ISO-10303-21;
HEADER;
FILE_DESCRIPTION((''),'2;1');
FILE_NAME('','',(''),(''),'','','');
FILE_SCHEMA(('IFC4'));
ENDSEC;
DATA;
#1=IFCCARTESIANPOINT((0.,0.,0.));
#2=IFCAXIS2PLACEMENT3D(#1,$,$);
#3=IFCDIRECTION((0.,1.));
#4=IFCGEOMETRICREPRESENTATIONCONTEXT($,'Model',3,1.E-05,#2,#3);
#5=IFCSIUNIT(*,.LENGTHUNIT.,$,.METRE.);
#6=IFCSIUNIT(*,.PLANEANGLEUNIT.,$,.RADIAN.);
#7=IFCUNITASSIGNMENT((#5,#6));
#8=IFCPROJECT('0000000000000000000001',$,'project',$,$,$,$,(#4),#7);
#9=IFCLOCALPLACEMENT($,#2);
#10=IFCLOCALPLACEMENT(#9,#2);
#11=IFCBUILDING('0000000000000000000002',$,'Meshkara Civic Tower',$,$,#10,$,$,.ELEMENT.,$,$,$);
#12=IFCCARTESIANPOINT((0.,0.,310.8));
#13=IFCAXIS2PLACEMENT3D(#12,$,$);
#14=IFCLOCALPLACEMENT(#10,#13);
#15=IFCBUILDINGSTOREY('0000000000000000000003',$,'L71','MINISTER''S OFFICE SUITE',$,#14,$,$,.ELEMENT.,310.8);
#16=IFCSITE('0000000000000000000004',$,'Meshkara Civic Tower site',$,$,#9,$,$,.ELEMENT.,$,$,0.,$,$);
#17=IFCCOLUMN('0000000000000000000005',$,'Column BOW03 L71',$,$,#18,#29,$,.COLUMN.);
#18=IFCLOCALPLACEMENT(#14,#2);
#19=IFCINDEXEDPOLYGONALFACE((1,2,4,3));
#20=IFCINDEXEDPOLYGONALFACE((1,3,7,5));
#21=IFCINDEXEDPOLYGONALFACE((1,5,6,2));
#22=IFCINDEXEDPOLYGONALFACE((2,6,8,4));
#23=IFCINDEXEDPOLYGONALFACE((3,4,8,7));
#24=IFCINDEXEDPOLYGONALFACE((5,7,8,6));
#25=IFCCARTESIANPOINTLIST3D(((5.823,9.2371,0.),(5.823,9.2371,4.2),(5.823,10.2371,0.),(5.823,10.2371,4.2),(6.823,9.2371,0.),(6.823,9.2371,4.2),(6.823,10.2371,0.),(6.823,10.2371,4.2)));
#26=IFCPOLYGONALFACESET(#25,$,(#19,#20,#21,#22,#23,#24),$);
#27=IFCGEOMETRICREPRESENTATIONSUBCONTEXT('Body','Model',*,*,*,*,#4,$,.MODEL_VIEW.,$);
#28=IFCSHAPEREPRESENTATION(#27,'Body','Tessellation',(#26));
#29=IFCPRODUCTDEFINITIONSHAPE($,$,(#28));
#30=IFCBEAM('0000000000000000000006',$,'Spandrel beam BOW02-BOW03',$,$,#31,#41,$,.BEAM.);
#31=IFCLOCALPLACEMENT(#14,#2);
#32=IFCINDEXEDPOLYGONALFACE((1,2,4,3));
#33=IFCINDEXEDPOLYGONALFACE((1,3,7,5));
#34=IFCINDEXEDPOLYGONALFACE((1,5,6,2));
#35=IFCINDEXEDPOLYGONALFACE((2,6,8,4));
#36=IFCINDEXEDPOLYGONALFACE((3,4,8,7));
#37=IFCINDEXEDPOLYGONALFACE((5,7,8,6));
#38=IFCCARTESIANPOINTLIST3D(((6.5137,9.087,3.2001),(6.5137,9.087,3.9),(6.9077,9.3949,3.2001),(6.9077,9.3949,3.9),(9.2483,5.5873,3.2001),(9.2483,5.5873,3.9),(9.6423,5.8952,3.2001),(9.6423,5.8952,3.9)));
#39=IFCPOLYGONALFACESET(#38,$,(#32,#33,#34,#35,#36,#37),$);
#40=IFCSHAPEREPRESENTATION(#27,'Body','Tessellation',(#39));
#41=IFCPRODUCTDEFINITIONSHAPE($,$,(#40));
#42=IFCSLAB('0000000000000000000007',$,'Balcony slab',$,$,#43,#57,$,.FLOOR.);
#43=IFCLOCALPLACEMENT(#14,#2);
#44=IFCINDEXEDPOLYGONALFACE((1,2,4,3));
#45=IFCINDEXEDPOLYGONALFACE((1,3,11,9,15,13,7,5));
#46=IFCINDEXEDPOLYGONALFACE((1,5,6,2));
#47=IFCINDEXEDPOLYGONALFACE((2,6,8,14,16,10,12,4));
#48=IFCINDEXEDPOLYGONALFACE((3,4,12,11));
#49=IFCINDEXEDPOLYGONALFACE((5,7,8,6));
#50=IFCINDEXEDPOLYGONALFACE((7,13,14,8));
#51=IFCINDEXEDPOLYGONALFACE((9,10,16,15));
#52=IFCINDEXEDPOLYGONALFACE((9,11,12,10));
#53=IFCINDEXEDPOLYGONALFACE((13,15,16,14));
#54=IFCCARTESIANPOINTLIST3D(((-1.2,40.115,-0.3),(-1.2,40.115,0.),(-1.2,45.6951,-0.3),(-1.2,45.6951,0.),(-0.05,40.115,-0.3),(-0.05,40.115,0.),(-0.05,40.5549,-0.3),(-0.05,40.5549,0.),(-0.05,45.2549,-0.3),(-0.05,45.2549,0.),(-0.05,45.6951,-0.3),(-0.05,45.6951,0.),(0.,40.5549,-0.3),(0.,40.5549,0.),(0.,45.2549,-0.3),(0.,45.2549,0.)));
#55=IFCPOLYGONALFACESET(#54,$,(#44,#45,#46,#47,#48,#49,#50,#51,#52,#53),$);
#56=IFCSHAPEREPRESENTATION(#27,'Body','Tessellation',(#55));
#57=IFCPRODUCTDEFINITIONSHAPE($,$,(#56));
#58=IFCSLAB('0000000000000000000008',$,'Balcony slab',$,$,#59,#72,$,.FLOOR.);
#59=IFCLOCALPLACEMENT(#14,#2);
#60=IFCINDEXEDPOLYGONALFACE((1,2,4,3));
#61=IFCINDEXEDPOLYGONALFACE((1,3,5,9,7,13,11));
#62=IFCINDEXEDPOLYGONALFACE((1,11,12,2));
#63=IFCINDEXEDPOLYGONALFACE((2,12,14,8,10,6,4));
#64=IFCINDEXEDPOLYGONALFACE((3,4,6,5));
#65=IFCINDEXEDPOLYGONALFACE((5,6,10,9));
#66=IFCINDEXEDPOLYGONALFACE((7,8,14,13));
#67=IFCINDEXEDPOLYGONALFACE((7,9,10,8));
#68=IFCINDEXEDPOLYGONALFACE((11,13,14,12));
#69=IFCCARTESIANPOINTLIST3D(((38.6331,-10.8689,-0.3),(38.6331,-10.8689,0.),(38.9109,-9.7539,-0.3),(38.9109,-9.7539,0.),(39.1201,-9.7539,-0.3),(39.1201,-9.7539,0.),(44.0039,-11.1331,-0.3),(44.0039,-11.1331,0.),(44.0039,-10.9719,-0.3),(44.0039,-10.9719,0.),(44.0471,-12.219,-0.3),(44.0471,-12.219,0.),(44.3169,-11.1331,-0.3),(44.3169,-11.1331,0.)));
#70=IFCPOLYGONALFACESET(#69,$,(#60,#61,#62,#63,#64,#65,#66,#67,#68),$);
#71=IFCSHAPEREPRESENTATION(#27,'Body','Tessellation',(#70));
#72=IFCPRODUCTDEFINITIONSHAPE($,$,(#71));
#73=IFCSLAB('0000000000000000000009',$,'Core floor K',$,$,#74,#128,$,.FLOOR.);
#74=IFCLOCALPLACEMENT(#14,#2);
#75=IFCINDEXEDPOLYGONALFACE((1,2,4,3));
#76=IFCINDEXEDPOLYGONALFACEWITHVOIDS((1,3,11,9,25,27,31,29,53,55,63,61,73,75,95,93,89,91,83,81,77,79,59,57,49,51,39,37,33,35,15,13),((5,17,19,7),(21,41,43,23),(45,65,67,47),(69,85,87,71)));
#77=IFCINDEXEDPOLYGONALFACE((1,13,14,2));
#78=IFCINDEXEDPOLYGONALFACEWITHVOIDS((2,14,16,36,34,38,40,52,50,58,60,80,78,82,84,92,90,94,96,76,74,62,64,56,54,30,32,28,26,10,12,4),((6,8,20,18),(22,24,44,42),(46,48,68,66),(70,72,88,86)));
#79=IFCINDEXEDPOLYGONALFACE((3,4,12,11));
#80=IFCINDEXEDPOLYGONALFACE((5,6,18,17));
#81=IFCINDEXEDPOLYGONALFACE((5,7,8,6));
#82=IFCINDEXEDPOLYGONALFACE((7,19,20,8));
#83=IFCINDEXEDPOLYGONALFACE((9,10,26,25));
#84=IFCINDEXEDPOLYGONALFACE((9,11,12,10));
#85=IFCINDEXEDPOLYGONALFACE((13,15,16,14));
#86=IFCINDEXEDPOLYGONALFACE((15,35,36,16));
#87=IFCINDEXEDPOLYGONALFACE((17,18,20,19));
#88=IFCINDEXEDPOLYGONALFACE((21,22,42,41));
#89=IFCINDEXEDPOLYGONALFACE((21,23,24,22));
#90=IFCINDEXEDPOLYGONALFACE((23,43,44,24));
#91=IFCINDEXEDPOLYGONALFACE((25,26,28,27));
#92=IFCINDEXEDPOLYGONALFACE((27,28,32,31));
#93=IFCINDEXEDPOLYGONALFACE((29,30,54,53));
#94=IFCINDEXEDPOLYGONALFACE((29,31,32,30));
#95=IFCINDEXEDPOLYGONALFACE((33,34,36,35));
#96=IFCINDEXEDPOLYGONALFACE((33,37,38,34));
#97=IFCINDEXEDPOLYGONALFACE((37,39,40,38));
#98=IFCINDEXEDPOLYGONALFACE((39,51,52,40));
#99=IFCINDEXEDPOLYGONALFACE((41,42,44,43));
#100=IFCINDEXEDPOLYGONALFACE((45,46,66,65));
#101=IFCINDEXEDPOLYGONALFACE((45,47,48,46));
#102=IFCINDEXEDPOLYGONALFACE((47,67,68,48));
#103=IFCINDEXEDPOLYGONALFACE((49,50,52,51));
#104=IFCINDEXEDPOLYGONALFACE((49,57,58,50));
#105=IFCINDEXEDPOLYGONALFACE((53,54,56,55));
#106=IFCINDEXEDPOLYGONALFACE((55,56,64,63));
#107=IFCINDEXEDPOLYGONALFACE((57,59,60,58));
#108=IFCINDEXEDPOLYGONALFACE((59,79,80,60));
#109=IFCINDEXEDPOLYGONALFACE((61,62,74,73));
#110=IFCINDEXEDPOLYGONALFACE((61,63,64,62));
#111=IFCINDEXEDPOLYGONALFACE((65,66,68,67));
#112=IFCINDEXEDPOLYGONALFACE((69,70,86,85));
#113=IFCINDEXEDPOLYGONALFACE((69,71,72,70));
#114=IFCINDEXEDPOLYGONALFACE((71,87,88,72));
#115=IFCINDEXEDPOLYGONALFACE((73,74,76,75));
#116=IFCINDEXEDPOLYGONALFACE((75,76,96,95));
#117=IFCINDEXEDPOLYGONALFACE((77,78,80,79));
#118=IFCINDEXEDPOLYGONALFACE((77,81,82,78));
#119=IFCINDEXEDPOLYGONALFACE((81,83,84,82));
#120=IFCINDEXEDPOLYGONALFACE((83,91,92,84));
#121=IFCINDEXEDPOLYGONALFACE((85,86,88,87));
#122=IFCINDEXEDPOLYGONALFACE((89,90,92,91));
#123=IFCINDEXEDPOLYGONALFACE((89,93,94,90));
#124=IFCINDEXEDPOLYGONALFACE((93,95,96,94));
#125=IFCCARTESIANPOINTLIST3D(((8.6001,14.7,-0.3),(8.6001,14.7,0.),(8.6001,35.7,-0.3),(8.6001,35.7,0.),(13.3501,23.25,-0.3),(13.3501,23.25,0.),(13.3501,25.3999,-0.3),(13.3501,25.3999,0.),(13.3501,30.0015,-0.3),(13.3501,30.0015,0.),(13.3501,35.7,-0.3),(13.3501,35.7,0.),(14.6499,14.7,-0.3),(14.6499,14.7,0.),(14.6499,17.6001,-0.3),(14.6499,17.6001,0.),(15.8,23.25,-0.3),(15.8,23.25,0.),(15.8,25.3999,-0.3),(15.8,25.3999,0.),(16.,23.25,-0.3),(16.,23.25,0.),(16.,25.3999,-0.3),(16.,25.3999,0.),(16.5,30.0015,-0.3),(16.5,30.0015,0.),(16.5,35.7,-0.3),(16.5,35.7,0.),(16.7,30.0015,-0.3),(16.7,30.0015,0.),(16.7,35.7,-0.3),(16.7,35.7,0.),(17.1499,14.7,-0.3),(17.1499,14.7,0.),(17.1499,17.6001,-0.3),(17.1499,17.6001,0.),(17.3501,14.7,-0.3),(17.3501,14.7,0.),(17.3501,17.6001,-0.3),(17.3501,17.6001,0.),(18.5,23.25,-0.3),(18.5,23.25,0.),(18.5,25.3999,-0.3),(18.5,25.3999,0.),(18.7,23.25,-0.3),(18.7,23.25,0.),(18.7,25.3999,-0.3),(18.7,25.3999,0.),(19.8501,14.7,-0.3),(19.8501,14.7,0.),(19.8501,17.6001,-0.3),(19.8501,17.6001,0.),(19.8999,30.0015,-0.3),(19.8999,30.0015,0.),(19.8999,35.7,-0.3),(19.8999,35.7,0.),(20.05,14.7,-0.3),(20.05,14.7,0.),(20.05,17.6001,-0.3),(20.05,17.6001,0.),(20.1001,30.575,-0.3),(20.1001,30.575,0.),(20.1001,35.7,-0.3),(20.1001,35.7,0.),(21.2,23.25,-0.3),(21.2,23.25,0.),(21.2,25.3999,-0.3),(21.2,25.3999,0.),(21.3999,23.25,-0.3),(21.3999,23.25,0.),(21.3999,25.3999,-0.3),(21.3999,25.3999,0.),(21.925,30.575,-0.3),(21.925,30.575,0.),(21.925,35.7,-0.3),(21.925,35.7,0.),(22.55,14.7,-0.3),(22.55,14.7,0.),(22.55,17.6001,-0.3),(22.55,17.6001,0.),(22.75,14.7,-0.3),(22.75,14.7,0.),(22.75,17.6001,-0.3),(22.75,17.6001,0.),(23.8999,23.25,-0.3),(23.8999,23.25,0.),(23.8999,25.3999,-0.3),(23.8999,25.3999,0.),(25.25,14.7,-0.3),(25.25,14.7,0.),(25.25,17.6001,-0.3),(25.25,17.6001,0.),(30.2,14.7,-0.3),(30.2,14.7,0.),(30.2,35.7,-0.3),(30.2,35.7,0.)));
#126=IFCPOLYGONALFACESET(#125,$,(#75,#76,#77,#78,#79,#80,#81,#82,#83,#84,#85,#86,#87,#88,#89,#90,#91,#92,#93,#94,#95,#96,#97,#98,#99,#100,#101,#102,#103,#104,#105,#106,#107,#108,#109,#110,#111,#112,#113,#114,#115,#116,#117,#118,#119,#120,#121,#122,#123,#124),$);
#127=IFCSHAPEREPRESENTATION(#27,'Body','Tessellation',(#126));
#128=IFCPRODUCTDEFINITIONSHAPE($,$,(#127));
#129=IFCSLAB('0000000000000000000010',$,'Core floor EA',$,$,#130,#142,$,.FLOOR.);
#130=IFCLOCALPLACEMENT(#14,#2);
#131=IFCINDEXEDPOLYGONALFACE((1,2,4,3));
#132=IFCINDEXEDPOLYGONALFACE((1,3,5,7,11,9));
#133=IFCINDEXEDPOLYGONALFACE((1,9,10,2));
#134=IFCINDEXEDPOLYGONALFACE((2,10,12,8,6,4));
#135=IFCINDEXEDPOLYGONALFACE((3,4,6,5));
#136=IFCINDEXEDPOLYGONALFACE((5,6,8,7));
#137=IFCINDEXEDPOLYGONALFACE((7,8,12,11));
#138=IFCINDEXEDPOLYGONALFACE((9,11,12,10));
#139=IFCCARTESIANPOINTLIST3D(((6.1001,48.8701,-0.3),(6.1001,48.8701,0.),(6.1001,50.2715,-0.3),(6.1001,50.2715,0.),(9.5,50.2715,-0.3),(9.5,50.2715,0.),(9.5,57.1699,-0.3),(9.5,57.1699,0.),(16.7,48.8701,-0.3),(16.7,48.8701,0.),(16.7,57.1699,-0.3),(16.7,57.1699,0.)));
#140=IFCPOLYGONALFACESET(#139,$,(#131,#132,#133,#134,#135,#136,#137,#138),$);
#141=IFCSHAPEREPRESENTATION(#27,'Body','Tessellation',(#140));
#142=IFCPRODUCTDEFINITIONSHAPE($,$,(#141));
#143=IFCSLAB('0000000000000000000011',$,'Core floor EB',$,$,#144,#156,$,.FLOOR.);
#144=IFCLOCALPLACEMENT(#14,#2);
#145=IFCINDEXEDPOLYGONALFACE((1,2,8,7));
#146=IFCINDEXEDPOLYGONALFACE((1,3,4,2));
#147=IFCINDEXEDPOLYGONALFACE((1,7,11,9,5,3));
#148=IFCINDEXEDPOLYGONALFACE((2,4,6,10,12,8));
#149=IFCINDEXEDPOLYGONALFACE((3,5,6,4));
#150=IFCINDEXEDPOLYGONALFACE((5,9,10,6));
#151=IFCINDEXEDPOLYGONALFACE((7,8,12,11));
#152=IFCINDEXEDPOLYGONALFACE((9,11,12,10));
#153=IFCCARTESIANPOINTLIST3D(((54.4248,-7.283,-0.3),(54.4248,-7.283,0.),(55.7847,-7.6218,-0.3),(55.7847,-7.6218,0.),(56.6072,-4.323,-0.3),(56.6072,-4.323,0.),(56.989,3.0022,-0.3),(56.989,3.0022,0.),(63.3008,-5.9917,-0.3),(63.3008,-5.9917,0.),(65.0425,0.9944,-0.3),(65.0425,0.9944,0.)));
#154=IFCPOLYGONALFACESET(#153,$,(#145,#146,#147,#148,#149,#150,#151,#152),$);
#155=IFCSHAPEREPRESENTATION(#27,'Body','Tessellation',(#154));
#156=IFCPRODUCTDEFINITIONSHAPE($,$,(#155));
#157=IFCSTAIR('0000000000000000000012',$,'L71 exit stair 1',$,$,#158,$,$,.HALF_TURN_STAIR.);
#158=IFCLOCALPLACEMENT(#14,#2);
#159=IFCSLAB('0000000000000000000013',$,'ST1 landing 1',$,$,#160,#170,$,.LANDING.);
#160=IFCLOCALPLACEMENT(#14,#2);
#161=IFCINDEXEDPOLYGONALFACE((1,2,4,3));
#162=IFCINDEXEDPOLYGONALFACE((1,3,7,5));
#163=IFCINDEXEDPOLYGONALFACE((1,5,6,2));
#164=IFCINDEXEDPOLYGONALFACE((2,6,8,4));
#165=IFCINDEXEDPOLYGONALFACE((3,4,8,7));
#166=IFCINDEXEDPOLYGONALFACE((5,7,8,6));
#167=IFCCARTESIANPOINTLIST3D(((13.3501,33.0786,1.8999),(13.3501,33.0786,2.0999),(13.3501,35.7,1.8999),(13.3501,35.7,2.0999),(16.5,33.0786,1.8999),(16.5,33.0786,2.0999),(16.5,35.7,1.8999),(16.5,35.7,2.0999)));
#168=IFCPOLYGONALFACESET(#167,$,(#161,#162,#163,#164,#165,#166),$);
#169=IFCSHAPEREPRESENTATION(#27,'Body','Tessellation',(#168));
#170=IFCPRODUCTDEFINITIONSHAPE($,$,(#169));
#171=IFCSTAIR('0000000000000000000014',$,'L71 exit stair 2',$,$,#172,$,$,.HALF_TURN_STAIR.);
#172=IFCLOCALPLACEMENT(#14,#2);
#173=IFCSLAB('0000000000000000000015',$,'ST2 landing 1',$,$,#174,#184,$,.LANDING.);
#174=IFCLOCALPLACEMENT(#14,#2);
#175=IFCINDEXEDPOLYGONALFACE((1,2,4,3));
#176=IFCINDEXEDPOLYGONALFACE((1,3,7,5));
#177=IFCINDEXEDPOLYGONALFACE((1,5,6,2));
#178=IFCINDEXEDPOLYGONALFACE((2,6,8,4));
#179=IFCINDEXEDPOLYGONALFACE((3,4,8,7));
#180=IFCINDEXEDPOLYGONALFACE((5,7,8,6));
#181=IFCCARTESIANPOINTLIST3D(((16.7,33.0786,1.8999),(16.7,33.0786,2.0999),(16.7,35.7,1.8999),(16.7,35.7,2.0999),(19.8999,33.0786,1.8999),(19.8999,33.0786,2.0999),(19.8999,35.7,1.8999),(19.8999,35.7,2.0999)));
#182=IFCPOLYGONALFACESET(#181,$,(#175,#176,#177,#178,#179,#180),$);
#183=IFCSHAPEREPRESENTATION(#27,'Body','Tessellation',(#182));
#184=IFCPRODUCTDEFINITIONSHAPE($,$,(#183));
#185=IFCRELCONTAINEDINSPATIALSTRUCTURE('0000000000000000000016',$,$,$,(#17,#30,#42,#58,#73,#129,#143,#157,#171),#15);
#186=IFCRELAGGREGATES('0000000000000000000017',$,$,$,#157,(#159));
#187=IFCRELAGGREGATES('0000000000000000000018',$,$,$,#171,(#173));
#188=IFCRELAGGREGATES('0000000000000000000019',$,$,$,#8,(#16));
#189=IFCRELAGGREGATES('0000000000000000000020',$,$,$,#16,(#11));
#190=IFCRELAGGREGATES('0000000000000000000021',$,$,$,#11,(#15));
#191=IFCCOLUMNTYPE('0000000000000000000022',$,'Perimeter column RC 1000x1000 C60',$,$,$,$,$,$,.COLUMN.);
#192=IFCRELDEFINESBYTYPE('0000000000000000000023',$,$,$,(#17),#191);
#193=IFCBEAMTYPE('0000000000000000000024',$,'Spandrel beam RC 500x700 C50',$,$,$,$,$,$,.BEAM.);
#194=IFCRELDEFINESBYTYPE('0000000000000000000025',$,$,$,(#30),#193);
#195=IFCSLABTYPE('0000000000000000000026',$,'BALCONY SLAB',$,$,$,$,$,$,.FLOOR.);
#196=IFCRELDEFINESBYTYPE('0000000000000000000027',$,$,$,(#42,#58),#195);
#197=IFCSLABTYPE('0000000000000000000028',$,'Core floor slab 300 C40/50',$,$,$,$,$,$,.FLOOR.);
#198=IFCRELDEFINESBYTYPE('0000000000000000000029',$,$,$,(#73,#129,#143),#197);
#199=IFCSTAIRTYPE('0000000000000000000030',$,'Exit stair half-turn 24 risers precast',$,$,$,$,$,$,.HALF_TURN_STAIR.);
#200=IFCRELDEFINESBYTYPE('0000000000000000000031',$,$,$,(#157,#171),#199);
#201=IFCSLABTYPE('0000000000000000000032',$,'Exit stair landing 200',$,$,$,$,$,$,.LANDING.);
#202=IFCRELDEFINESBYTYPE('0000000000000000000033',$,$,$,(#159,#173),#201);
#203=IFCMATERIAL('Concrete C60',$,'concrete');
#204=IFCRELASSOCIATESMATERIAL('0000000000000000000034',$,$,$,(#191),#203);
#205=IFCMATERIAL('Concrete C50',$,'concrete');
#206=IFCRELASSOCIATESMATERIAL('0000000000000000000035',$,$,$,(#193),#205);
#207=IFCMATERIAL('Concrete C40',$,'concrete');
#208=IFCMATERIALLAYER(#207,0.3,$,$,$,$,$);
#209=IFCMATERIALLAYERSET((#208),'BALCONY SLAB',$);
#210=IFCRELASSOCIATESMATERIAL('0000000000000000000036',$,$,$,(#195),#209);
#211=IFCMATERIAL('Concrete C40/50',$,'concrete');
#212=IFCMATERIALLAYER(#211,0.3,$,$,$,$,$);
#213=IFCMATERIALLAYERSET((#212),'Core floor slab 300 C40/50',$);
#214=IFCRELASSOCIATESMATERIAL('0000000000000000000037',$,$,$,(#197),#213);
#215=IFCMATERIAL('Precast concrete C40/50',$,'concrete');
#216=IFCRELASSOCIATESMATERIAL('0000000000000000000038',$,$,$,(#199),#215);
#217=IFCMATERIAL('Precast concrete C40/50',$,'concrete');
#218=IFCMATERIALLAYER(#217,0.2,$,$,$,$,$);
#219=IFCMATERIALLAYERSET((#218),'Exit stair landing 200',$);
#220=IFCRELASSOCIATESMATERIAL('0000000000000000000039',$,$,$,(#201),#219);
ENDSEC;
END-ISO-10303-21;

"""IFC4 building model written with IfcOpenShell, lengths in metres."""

from ifc_helpers import new_model, si_unit, direction, frame, origin, origin_2d, place, context, subcontext, project, spatial, polyline, rectangle, outline, extrude, material, layer, layer_set, material_profile, profile_set, type_object, element, aggregate, save


model = new_model("IFC4")

# Units and contexts
model_context = context("Model", 3, precision=1e-05, world=origin(), true_north=direction((0.0, 1.0)))
body_context = subcontext(model_context, "Body", "Model", "MODEL_VIEW")
ifc_project = project(units=[si_unit("LENGTHUNIT", "METRE"), si_unit("PLANEANGLEUNIT", "RADIAN")], contexts=[model_context])

# Site, building, storey
site_placement = place(None, origin())
site = spatial("IfcSite", under=ifc_project, at=site_placement, Name="Meshkara Civic Tower site", CompositionType="ELEMENT", RefElevation=0.0)
building_placement = place(site_placement, origin())
building = spatial("IfcBuilding", under=site, at=building_placement, Name="Meshkara Civic Tower", CompositionType="ELEMENT")
storey_placement = place(building_placement, frame((0.0, 0.0, 310.8)))
storey = spatial("IfcBuildingStorey", under=building, at=storey_placement, Name="L71", Description="MINISTER'S OFFICE SUITE", CompositionType="ELEMENT", Elevation=310.8)

# Column
ifc_material_1 = material(Name="Concrete C60", Category="concrete")
ifc_material_profile_1 = material_profile(ifc_material_1, rectangle(XDim=1.0, YDim=1.0, at=origin_2d()))
ifc_profile_set_1 = profile_set([ifc_material_profile_1], Name="Concrete C60")
column_type = type_object("IfcColumnType", Name="Perimeter column RC 1000x1000 C60", PredefinedType="COLUMN", material=ifc_profile_set_1)
column_placement = place(storey_placement, frame((6.323, 9.7371, 0.0), z_axis=(0.0, 0.0, 1.0), x_axis=(1.0, 0.0, 0.0)))
element("IfcColumn", 1, at=column_placement, inside=storey, type_object=column_type, Name="Column BOW03 L71", PredefinedType="COLUMN", context=body_context, shape_type="SweptSolid", body=[
    extrude(rectangle(XDim=1.0, YDim=1.0, at=origin_2d()), origin(), (0.0, 0.0, 1.0), 4.2),
])

# Beam
ifc_material_2 = material(Name="Concrete C50", Category="concrete")
ifc_material_profile_2 = material_profile(ifc_material_2, rectangle(XDim=0.5, YDim=0.7, at=origin_2d()))
ifc_profile_set_2 = profile_set([ifc_material_profile_2], Name="Concrete C50")
beam_type = type_object("IfcBeamType", Name="Spandrel beam RC 500x700 C50", PredefinedType="BEAM", material=ifc_profile_set_2)
beam_placement = place(storey_placement, frame((6.7107, 9.241, 3.55), z_axis=(0.615705, -0.787977, 0.0), x_axis=(0.787977, 0.615705, 0.0)))
element("IfcBeam", 2, at=beam_placement, inside=storey, type_object=beam_type, Name="Spandrel beam BOW02-BOW03", PredefinedType="BEAM", context=body_context, shape_type="SweptSolid", body=[
    extrude(rectangle(XDim=0.5, YDim=0.7, at=origin_2d()), origin(), (0.0, 0.0, 1.0), 4.4414),
])

# Slabs
ifc_material_3 = material(Name="Concrete C40", Category="concrete")
ifc_layer_1 = layer(ifc_material_3, 0.3)
ifc_layer_set_1 = layer_set([ifc_layer_1], Name="BALCONY SLAB")
slab_type_1 = type_object("IfcSlabType", Name="BALCONY SLAB", PredefinedType="FLOOR", material=ifc_layer_set_1)
slab_1_placement = place(storey_placement, frame((0.0, 0.0, -0.3)))
element("IfcSlab", 3, at=slab_1_placement, inside=storey, type_object=slab_type_1, Name="Balcony slab", PredefinedType="FLOOR", context=body_context, shape_type="SweptSolid", body=[
    extrude(outline(polyline([(-1.2, 40.115), (-1.2, 45.6951), (-0.05, 45.6951), (-0.05, 45.2549), (0.0, 45.2549), (0.0, 40.5549), (-0.05, 40.5549), (-0.05, 40.115), (-1.2, 40.115)])), origin(), (0.0, 0.0, 1.0), 0.3),
])
slab_2_placement = place(storey_placement, frame((0.0, 0.0, -0.3)))
element("IfcSlab", 4, at=slab_2_placement, inside=storey, type_object=slab_type_1, Name="Balcony slab", PredefinedType="FLOOR", context=body_context, shape_type="SweptSolid", body=[
    extrude(outline(polyline([(44.0471, -12.219), (38.6331, -10.8689), (38.9109, -9.7539), (39.1201, -9.7539), (44.0039, -10.9719), (44.0039, -11.1331), (44.3169, -11.1331), (44.0471, -12.219)])), origin(), (0.0, 0.0, 1.0), 0.3),
])
ifc_material_4 = material(Name="Concrete C40/50", Category="concrete")
ifc_layer_2 = layer(ifc_material_4, 0.3)
ifc_layer_set_2 = layer_set([ifc_layer_2], Name="Core floor slab 300 C40/50")
slab_type_2 = type_object("IfcSlabType", Name="Core floor slab 300 C40/50", PredefinedType="FLOOR", material=ifc_layer_set_2)
slab_3_placement = place(storey_placement, frame((0.0, 0.0, -0.3)))
element("IfcSlab", 5, at=slab_3_placement, inside=storey, type_object=slab_type_2, Name="Core floor K", PredefinedType="FLOOR", context=body_context, shape_type="SweptSolid", body=[
    extrude(outline(polyline([(8.6001, 35.7), (13.3501, 35.7), (13.3501, 30.0015), (16.5, 30.0015), (16.5, 35.7), (16.7, 35.7), (16.7, 30.0015), (19.8999, 30.0015), (19.8999, 35.7), (20.1001, 35.7), (20.1001, 30.575), (21.925, 30.575), (21.925, 35.7), (30.2, 35.7), (30.2, 14.7), (25.25, 14.7), (25.25, 17.6001), (22.75, 17.6001), (22.75, 14.7), (22.55, 14.7), (22.55, 17.6001), (20.05, 17.6001), (20.05, 14.7), (19.8501, 14.7), (19.8501, 17.6001), (17.3501, 17.6001), (17.3501, 14.7), (17.1499, 14.7), (17.1499, 17.6001), (14.6499, 17.6001), (14.6499, 14.7), (8.6001, 14.7), (8.6001, 35.7)]), holes=[polyline([(13.3501, 23.25), (15.8, 23.25), (15.8, 25.3999), (13.3501, 25.3999), (13.3501, 23.25)]), polyline([(18.5, 23.25), (18.5, 25.3999), (16.0, 25.3999), (16.0, 23.25), (18.5, 23.25)]), polyline([(18.7, 23.25), (21.2, 23.25), (21.2, 25.3999), (18.7, 25.3999), (18.7, 23.25)]), polyline([(23.8999, 23.25), (23.8999, 25.3999), (21.3999, 25.3999), (21.3999, 23.25), (23.8999, 23.25)])]), origin(), (0.0, 0.0, 1.0), 0.3),
])
slab_4_placement = place(storey_placement, frame((0.0, 0.0, -0.3)))
element("IfcSlab", 6, at=slab_4_placement, inside=storey, type_object=slab_type_2, Name="Core floor EA", PredefinedType="FLOOR", context=body_context, shape_type="SweptSolid", body=[
    extrude(outline(polyline([(16.7, 48.8701), (16.7, 57.1699), (9.5, 57.1699), (9.5, 50.2715), (6.1001, 50.2715), (6.1001, 48.8701), (16.7, 48.8701)])), origin(), (0.0, 0.0, 1.0), 0.3),
])
slab_5_placement = place(storey_placement, frame((0.0, 0.0, -0.3)))
element("IfcSlab", 7, at=slab_5_placement, inside=storey, type_object=slab_type_2, Name="Core floor EB", PredefinedType="FLOOR", context=body_context, shape_type="SweptSolid", body=[
    extrude(outline(polyline([(56.989, 3.0022), (65.0425, 0.9944), (63.3008, -5.9917), (56.6072, -4.323), (55.7847, -7.6218), (54.4248, -7.283), (56.989, 3.0022)])), origin(), (0.0, 0.0, 1.0), 0.3),
])

# Stairs, slabs
ifc_material_5 = material(Name="Precast concrete C40/50", Category="concrete")
stair_type = type_object("IfcStairType", Name="Exit stair half-turn 24 risers precast", PredefinedType="HALF_TURN_STAIR", material=ifc_material_5)
stair_1_placement = place(storey_placement, origin())
stair_1 = element("IfcStair", 8, at=stair_1_placement, inside=storey, type_object=stair_type, Name="L71 exit stair 1", PredefinedType="HALF_TURN_STAIR")
ifc_material_6 = material(Name="Precast concrete C40/50", Category="concrete")
ifc_layer_3 = layer(ifc_material_6, 0.2)
ifc_layer_set_3 = layer_set([ifc_layer_3], Name="Exit stair landing 200")
slab_type_3 = type_object("IfcSlabType", Name="Exit stair landing 200", PredefinedType="LANDING", material=ifc_layer_set_3)
slab_6_placement = place(storey_placement, frame((0.0, 0.0, 1.8999)))
slab_6 = element("IfcSlab", 9, at=slab_6_placement, type_object=slab_type_3, Name="ST1 landing 1", PredefinedType="LANDING", context=body_context, shape_type="SweptSolid", body=[
    extrude(outline(polyline([(16.5, 33.0786), (16.5, 35.7), (13.3501, 35.7), (13.3501, 33.0786), (16.5, 33.0786)])), origin(), (0.0, 0.0, 1.0), 0.2),
])
aggregate(stair_1, [slab_6])
stair_2_placement = place(storey_placement, origin())
stair_2 = element("IfcStair", 10, at=stair_2_placement, inside=storey, type_object=stair_type, Name="L71 exit stair 2", PredefinedType="HALF_TURN_STAIR")
slab_7_placement = place(storey_placement, frame((0.0, 0.0, 1.8999)))
slab_7 = element("IfcSlab", 11, at=slab_7_placement, type_object=slab_type_3, Name="ST2 landing 1", PredefinedType="LANDING", context=body_context, shape_type="SweptSolid", body=[
    extrude(outline(polyline([(19.8999, 33.0786), (19.8999, 35.7), (16.7, 35.7), (16.7, 33.0786), (19.8999, 33.0786)])), origin(), (0.0, 0.0, 1.0), 0.2),
])
aggregate(stair_2, [slab_7])

save(model, "model.ifc")
